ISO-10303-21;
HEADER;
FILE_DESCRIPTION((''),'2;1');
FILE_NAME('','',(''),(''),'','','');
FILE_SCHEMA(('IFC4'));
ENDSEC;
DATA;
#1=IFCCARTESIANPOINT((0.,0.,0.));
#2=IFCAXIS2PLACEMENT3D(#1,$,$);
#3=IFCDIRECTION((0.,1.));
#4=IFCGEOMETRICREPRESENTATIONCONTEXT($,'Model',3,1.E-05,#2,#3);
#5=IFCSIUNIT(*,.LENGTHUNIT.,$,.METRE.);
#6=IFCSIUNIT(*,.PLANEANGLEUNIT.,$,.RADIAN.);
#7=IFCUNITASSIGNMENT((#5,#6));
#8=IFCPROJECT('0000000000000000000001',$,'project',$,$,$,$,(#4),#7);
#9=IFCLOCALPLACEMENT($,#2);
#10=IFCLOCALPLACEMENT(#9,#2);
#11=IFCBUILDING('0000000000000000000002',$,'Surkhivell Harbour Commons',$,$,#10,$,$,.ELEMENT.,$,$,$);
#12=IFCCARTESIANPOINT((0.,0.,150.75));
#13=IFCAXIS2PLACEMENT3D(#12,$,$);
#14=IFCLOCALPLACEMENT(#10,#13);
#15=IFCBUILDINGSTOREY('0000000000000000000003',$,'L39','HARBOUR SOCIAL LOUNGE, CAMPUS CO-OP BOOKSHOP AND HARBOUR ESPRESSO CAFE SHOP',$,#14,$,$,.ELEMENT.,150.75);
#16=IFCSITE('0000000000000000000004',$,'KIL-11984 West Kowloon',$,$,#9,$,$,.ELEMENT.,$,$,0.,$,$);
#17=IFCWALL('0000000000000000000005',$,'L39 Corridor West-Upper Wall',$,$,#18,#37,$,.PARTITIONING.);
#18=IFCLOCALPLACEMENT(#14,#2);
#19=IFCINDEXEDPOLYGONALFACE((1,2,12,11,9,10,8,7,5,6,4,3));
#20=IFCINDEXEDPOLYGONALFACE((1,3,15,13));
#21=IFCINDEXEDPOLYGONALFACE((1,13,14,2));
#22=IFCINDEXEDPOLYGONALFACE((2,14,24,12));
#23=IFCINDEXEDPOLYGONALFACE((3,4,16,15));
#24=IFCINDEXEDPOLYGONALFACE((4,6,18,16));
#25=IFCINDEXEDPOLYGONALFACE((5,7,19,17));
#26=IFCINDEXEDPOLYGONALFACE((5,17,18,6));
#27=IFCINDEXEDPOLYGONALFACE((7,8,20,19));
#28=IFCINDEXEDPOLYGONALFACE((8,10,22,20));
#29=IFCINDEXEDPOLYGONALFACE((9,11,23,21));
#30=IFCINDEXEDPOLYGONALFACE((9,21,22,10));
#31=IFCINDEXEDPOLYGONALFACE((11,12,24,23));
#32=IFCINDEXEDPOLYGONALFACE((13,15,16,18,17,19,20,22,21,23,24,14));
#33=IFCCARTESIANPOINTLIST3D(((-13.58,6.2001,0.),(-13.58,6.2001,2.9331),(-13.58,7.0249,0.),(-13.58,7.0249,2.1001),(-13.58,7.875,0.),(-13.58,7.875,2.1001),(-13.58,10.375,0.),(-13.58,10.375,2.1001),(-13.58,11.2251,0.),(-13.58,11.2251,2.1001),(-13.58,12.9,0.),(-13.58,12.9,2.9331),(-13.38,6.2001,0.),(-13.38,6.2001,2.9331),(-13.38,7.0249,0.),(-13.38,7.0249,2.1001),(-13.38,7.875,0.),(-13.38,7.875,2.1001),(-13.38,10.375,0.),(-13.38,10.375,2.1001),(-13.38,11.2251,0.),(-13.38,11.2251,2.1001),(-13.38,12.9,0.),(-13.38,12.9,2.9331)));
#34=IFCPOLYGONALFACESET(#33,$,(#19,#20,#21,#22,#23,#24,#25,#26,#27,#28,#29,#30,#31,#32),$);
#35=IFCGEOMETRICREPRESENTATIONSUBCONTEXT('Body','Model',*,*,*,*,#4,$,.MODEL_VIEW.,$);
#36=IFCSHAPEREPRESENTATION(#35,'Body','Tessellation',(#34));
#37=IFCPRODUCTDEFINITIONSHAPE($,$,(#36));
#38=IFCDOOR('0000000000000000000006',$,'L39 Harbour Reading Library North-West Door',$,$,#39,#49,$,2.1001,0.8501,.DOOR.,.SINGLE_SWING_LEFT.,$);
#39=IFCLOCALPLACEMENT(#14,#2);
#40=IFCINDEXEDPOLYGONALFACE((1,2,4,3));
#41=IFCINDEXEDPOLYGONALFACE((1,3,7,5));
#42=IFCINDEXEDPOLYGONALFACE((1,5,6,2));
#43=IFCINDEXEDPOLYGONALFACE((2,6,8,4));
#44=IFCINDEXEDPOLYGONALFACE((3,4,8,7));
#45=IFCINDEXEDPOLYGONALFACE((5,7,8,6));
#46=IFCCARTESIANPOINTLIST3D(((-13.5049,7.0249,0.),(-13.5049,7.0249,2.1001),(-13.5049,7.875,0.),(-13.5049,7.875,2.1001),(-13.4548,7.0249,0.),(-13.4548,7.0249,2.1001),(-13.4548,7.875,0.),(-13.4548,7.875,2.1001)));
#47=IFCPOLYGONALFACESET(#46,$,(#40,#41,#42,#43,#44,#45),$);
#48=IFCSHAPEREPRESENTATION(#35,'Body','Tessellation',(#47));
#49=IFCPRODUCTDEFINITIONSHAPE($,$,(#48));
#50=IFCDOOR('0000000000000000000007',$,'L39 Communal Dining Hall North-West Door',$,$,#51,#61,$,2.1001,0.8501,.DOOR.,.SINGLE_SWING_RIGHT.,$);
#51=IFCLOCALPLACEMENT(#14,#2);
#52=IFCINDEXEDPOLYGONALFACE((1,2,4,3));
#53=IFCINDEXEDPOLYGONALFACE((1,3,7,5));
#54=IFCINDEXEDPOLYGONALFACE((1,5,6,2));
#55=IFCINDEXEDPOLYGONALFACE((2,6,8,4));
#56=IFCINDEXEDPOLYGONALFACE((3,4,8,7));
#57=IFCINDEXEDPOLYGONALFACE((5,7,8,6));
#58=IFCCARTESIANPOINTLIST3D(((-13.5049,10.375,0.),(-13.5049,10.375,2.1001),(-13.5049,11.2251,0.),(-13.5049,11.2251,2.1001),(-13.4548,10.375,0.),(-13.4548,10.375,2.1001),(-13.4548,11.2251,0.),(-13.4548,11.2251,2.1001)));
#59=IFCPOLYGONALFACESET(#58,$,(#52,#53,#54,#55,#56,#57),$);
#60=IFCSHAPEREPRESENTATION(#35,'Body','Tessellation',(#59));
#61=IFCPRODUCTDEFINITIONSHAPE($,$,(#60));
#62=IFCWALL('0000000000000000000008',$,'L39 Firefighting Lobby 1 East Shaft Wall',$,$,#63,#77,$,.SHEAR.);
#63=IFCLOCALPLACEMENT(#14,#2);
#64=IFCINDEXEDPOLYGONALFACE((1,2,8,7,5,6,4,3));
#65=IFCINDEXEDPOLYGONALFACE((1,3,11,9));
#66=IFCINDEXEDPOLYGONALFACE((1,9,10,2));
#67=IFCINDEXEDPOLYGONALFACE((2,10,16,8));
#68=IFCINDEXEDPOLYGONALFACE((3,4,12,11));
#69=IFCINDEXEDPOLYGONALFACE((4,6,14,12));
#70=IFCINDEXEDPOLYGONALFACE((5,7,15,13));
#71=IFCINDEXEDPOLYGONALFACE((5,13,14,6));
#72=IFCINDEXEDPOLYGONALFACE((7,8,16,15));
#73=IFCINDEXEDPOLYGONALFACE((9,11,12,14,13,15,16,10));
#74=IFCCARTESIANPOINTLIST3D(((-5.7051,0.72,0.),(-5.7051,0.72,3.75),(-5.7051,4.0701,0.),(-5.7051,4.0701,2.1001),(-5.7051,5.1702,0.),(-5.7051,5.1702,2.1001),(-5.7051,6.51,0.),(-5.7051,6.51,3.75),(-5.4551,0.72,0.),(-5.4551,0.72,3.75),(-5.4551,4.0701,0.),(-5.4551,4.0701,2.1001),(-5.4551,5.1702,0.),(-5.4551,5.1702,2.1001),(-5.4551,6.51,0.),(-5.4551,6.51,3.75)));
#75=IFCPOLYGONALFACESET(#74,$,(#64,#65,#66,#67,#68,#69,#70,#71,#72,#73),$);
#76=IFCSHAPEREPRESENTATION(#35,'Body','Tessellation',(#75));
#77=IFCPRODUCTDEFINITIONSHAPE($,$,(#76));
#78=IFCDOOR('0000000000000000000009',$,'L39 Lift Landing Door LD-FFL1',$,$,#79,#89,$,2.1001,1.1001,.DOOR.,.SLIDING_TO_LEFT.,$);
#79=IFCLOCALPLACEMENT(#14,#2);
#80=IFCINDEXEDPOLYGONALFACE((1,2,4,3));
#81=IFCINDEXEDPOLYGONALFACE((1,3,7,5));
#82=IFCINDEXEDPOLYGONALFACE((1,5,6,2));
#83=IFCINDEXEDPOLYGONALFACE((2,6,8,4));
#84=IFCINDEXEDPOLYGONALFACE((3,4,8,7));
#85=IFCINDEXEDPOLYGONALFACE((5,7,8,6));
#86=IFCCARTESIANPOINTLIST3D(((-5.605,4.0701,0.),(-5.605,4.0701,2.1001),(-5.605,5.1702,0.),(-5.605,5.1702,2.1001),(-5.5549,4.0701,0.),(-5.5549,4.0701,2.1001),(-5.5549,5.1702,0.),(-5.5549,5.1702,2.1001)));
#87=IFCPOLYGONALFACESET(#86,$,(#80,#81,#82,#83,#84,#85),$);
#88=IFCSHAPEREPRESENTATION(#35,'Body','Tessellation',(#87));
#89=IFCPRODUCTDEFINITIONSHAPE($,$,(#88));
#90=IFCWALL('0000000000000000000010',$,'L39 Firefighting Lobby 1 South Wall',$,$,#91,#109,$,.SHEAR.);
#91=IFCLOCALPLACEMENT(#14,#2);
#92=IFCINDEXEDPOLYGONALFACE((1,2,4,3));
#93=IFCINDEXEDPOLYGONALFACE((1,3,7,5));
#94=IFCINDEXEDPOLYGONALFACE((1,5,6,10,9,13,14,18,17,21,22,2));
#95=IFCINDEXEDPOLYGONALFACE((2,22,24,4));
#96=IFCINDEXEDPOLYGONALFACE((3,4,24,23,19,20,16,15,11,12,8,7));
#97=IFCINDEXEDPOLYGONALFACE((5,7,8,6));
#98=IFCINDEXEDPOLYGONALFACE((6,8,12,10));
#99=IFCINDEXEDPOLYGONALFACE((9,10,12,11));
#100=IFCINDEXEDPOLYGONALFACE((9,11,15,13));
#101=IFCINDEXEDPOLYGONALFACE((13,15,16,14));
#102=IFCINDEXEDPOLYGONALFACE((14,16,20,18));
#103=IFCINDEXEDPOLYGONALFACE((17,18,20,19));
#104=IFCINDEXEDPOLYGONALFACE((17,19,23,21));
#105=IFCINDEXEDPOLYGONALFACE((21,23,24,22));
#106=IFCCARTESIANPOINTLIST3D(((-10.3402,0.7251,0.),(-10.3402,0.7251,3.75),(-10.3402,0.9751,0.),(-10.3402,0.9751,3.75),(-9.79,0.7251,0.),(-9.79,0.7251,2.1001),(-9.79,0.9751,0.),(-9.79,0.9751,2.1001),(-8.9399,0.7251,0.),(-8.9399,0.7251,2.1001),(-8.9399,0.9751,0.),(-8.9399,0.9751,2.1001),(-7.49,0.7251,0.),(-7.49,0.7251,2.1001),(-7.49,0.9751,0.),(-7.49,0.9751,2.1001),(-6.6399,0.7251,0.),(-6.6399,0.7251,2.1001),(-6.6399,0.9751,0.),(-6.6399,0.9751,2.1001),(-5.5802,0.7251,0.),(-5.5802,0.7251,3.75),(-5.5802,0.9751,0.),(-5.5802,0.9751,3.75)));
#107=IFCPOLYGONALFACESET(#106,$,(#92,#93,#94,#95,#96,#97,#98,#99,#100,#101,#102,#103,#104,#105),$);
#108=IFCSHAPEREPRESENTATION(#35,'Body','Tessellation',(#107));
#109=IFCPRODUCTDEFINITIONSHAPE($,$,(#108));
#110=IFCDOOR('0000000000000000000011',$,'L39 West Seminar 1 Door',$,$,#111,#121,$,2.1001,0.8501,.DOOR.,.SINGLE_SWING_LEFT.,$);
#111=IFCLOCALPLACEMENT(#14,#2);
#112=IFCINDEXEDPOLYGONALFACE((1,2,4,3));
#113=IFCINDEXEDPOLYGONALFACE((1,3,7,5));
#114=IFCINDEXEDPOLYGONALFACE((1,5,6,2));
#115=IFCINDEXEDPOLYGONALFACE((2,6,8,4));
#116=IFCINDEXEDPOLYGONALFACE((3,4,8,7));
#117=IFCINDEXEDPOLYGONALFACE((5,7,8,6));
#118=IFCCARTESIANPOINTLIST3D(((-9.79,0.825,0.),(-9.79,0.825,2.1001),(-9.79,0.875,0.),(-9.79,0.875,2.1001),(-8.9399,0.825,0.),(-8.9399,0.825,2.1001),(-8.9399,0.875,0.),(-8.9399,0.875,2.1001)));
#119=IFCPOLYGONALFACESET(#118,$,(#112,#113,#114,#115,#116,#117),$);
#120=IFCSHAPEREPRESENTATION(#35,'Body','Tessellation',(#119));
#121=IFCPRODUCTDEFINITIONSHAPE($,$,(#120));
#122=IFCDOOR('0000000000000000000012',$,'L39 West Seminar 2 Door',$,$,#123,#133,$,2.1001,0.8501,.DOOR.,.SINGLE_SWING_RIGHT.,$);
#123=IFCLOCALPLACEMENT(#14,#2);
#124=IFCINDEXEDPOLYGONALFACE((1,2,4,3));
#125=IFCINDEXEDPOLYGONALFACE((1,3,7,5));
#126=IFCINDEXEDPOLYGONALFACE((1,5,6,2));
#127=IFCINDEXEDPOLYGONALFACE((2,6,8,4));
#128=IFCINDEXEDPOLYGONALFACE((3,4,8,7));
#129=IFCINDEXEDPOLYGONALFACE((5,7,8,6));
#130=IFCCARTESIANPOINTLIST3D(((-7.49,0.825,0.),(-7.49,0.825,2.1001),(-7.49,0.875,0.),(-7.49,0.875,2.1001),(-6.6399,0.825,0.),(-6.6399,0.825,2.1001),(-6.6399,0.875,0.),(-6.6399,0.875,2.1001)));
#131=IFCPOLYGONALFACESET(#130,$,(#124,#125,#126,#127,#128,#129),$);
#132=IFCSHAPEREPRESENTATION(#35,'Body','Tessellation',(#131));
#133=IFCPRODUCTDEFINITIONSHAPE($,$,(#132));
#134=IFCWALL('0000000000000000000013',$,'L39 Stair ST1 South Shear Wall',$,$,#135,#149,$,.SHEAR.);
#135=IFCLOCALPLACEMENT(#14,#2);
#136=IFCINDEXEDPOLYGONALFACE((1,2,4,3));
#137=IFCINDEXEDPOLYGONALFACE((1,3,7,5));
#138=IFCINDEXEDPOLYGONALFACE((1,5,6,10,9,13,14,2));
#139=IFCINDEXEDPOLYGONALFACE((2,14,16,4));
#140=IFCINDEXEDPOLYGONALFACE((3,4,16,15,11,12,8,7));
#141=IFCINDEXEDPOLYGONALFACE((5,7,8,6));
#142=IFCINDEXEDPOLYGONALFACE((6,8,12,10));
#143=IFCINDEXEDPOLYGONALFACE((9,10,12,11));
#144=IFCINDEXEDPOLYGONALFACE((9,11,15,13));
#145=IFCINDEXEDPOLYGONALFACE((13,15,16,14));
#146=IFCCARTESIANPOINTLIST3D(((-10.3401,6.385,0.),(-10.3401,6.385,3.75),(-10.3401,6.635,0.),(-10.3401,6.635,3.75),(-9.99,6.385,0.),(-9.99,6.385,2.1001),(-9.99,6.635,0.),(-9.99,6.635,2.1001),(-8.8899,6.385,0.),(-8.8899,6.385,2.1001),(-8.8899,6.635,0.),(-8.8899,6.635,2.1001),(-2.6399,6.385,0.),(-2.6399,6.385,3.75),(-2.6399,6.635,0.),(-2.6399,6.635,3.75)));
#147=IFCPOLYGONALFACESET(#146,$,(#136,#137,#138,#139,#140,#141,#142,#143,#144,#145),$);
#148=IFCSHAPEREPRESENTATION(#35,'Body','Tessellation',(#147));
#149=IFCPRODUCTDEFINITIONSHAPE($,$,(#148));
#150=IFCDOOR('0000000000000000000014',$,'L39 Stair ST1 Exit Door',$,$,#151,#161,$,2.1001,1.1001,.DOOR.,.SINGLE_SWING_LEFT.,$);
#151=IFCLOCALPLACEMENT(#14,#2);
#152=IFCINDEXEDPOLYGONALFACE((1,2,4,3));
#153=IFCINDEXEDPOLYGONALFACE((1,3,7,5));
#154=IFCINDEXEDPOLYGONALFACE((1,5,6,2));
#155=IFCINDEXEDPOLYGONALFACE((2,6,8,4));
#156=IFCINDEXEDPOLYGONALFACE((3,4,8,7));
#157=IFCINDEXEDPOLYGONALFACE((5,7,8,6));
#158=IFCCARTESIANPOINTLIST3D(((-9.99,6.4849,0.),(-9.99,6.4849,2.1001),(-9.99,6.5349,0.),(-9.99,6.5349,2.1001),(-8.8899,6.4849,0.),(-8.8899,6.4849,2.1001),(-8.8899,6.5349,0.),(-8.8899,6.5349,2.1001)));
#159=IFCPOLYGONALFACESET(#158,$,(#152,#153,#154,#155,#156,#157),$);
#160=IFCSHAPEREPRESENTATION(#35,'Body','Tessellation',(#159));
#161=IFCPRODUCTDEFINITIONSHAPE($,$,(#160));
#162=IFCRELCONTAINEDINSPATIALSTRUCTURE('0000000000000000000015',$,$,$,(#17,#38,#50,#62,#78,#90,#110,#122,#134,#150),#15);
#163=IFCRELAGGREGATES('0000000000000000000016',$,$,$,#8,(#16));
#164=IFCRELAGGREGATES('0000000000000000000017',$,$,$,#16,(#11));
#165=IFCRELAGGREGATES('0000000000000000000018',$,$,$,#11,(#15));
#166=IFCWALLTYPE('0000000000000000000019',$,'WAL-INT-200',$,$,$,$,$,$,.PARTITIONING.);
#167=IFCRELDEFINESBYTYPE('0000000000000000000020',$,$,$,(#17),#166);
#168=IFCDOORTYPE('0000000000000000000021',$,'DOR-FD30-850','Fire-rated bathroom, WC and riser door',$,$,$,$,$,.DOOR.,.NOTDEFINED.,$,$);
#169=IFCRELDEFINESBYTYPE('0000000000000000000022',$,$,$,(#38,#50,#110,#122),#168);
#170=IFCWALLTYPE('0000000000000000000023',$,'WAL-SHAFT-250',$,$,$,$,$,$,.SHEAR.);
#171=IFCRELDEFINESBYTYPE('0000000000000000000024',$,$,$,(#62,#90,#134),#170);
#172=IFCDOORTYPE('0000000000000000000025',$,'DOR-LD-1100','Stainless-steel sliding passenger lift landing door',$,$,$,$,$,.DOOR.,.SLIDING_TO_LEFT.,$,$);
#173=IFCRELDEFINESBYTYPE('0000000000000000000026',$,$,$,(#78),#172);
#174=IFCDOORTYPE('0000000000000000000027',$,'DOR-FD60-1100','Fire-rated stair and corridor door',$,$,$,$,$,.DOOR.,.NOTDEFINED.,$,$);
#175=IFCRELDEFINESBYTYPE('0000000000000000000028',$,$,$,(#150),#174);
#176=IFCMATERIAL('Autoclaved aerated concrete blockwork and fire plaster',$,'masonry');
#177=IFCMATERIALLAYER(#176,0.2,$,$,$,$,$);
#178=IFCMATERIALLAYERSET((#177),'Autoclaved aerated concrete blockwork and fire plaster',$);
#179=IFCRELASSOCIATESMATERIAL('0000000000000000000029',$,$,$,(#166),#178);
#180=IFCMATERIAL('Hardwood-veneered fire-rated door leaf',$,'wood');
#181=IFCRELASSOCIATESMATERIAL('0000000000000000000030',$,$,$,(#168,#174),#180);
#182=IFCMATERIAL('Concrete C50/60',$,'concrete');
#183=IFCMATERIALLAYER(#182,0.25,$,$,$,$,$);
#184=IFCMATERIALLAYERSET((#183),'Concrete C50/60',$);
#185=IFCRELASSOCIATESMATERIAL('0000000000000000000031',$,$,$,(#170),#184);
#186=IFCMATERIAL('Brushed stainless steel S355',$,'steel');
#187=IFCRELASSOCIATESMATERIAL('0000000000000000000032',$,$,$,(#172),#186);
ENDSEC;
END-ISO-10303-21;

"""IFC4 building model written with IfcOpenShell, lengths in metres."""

from ifc_helpers import new_model, si_unit, direction, frame, frame_2d, origin, place, context, subcontext, project, spatial, rectangle, extrude, material, layer, layer_set, type_object, element, fill, save


model = new_model("IFC4")

# Units and contexts
model_context = context("Model", 3, precision=1e-05, world=origin(), true_north=direction((0.0, 1.0)))
body_context = subcontext(model_context, "Body", "Model", "MODEL_VIEW")
ifc_project = project(units=[si_unit("LENGTHUNIT", "METRE"), si_unit("PLANEANGLEUNIT", "RADIAN")], contexts=[model_context])

# Site, building, storey
site_placement = place(None, origin())
site = spatial("IfcSite", under=ifc_project, at=site_placement, Name="KIL-11984 West Kowloon", CompositionType="ELEMENT", RefElevation=0.0)
building_placement = place(site_placement, origin())
building = spatial("IfcBuilding", under=site, at=building_placement, Name="Surkhivell Harbour Commons", CompositionType="ELEMENT")
storey_placement = place(building_placement, frame((0.0, 0.0, 150.75)))
storey = spatial("IfcBuildingStorey", under=building, at=storey_placement, Name="L39", Description="HARBOUR SOCIAL LOUNGE, CAMPUS CO-OP BOOKSHOP AND HARBOUR ESPRESSO CAFE SHOP", CompositionType="ELEMENT", Elevation=150.75)

# Shared definitions
ifc_material_1 = material(Name="Hardwood-veneered fire-rated door leaf", Category="wood")

# Wall, openings, doors
ifc_material_2 = material(Name="Autoclaved aerated concrete blockwork and fire plaster", Category="masonry")
ifc_layer_1 = layer(ifc_material_2, 0.2)
ifc_layer_set_1 = layer_set([ifc_layer_1], Name="Autoclaved aerated concrete blockwork and fire plaster")
wall_type_1 = type_object("IfcWallType", Name="WAL-INT-200", PredefinedType="PARTITIONING", material=ifc_layer_set_1)
wall_1_placement = place(storey_placement, frame((-13.48, 6.2, 0.0), z_axis=(0.0, 0.0, 1.0), x_axis=(0.0, 1.0, 0.0)))
wall_1 = element("IfcWall", 1, at=wall_1_placement, inside=storey, type_object=wall_type_1, Name="L39 Corridor West-Upper Wall", PredefinedType="PARTITIONING", context=body_context, shape_type="SweptSolid", body=[
    extrude(rectangle(XDim=6.7, YDim=0.2, at=frame_2d((3.3501, 0.0))), origin(), (0.0, 0.0, 1.0), 2.9331),
])
opening_1_placement = place(wall_1_placement, frame((0.825, 0.0, 0.0)))
opening_1 = element("IfcOpeningElement", 2, at=opening_1_placement, cuts=wall_1, PredefinedType="OPENING", context=body_context, shape_type="SweptSolid", body=[
    extrude(rectangle(XDim=0.8501, YDim=2.1001, at=frame_2d((0.425, 1.05))), frame((0.0, 0.1099, 0.0), z_axis=(0.0, -1.0, 0.0), x_axis=(1.0, 0.0, 0.0)), (0.0, 0.0, 1.0), 0.22),
])
opening_2_placement = place(wall_1_placement, frame((4.175, 0.0, 0.0)))
opening_2 = element("IfcOpeningElement", 3, at=opening_2_placement, cuts=wall_1, PredefinedType="OPENING", context=body_context, shape_type="SweptSolid", body=[
    extrude(rectangle(XDim=0.8501, YDim=2.1001, at=frame_2d((0.425, 1.05))), frame((0.0, 0.1099, 0.0), z_axis=(0.0, -1.0, 0.0), x_axis=(1.0, 0.0, 0.0)), (0.0, 0.0, 1.0), 0.22),
])
door_type_1 = type_object("IfcDoorType", Name="DOR-FD30-850", Description="Fire-rated bathroom, WC and riser door", OperationType="NOTDEFINED", PredefinedType="DOOR", material=ifc_material_1)
door_1_placement = place(opening_1_placement, origin())
door_1 = element("IfcDoor", 4, at=door_1_placement, inside=storey, type_object=door_type_1, Name="L39 Harbour Reading Library North-West Door", OperationType="SINGLE_SWING_LEFT", OverallHeight=2.1001, OverallWidth=0.8501, PredefinedType="DOOR", context=body_context, shape_type="SweptSolid", body=[
    extrude(rectangle(XDim=0.8501, YDim=2.1001, at=frame_2d((0.425, 1.05))), frame((0.0, 0.0249, 0.0), z_axis=(0.0, -1.0, 0.0), x_axis=(1.0, 0.0, 0.0)), (0.0, 0.0, 1.0), 0.05),
])
fill(opening_1, door_1)
door_2_placement = place(opening_2_placement, origin())
door_2 = element("IfcDoor", 5, at=door_2_placement, inside=storey, type_object=door_type_1, Name="L39 Communal Dining Hall North-West Door", OperationType="SINGLE_SWING_RIGHT", OverallHeight=2.1001, OverallWidth=0.8501, PredefinedType="DOOR", context=body_context, shape_type="SweptSolid", body=[
    extrude(rectangle(XDim=0.8501, YDim=2.1001, at=frame_2d((0.425, 1.05))), frame((0.0, 0.0249, 0.0), z_axis=(0.0, -1.0, 0.0), x_axis=(1.0, 0.0, 0.0)), (0.0, 0.0, 1.0), 0.05),
])
fill(opening_2, door_2)

# Wall, opening, door
ifc_material_3 = material(Name="Concrete C50/60", Category="concrete")
ifc_layer_2 = layer(ifc_material_3, 0.25)
ifc_layer_set_2 = layer_set([ifc_layer_2], Name="Concrete C50/60")
wall_type_2 = type_object("IfcWallType", Name="WAL-SHAFT-250", PredefinedType="SHEAR", material=ifc_layer_set_2)
wall_2_placement = place(storey_placement, frame((-5.5801, 0.72, 0.0), z_axis=(0.0, 0.0, 1.0), x_axis=(0.0, 1.0, 0.0)))
wall_2 = element("IfcWall", 6, at=wall_2_placement, inside=storey, type_object=wall_type_2, Name="L39 Firefighting Lobby 1 East Shaft Wall", PredefinedType="SHEAR", context=body_context, shape_type="SweptSolid", body=[
    extrude(rectangle(XDim=5.79, YDim=0.25, at=frame_2d((2.895, 0.0))), origin(), (0.0, 0.0, 1.0), 3.75),
])
opening_3_placement = place(wall_2_placement, frame((3.3501, 0.0, 0.0)))
opening_3 = element("IfcOpeningElement", 7, at=opening_3_placement, cuts=wall_2, PredefinedType="OPENING", context=body_context, shape_type="SweptSolid", body=[
    extrude(rectangle(XDim=1.1001, YDim=2.1001, at=frame_2d((0.55, 1.05))), frame((0.0, 0.135, 0.0), z_axis=(0.0, -1.0, 0.0), x_axis=(1.0, 0.0, 0.0)), (0.0, 0.0, 1.0), 0.27),
])
ifc_material_4 = material(Name="Brushed stainless steel S355", Category="steel")
door_type_2 = type_object("IfcDoorType", Name="DOR-LD-1100", Description="Stainless-steel sliding passenger lift landing door", OperationType="SLIDING_TO_LEFT", PredefinedType="DOOR", material=ifc_material_4)
door_3_placement = place(opening_3_placement, origin())
door_3 = element("IfcDoor", 8, at=door_3_placement, inside=storey, type_object=door_type_2, Name="L39 Lift Landing Door LD-FFL1", OperationType="SLIDING_TO_LEFT", OverallHeight=2.1001, OverallWidth=1.1001, PredefinedType="DOOR", context=body_context, shape_type="SweptSolid", body=[
    extrude(rectangle(XDim=1.1001, YDim=2.1001, at=frame_2d((0.55, 1.05))), frame((0.0, 0.0249, 0.0), z_axis=(0.0, -1.0, 0.0), x_axis=(1.0, 0.0, 0.0)), (0.0, 0.0, 1.0), 0.05),
])
fill(opening_3, door_3)

# Wall, openings, doors
wall_3_placement = place(storey_placement, frame((-10.3401, 0.8501, 0.0), z_axis=(0.0, 0.0, 1.0), x_axis=(1.0, 0.0, 0.0)))
wall_3 = element("IfcWall", 9, at=wall_3_placement, inside=storey, type_object=wall_type_2, Name="L39 Firefighting Lobby 1 South Wall", PredefinedType="SHEAR", context=body_context, shape_type="SweptSolid", body=[
    extrude(rectangle(XDim=4.76, YDim=0.25, at=frame_2d((2.3799, 0.0))), origin(), (0.0, 0.0, 1.0), 3.75),
])
opening_4_placement = place(wall_3_placement, frame((0.55, 0.0, 0.0)))
opening_4 = element("IfcOpeningElement", 10, at=opening_4_placement, cuts=wall_3, PredefinedType="OPENING", context=body_context, shape_type="SweptSolid", body=[
    extrude(rectangle(XDim=0.8501, YDim=2.1001, at=frame_2d((0.425, 1.05))), frame((0.0, 0.135, 0.0), z_axis=(0.0, -1.0, 0.0), x_axis=(1.0, 0.0, 0.0)), (0.0, 0.0, 1.0), 0.27),
])
opening_5_placement = place(wall_3_placement, frame((2.8501, 0.0, 0.0)))
opening_5 = element("IfcOpeningElement", 11, at=opening_5_placement, cuts=wall_3, PredefinedType="OPENING", context=body_context, shape_type="SweptSolid", body=[
    extrude(rectangle(XDim=0.8501, YDim=2.1001, at=frame_2d((0.425, 1.05))), frame((0.0, 0.135, 0.0), z_axis=(0.0, -1.0, 0.0), x_axis=(1.0, 0.0, 0.0)), (0.0, 0.0, 1.0), 0.27),
])
door_4_placement = place(opening_4_placement, origin())
door_4 = element("IfcDoor", 12, at=door_4_placement, inside=storey, type_object=door_type_1, Name="L39 West Seminar 1 Door", OperationType="SINGLE_SWING_LEFT", OverallHeight=2.1001, OverallWidth=0.8501, PredefinedType="DOOR", context=body_context, shape_type="SweptSolid", body=[
    extrude(rectangle(XDim=0.8501, YDim=2.1001, at=frame_2d((0.425, 1.05))), frame((0.0, 0.0249, 0.0), z_axis=(0.0, -1.0, 0.0), x_axis=(1.0, 0.0, 0.0)), (0.0, 0.0, 1.0), 0.05),
])
fill(opening_4, door_4)
door_5_placement = place(opening_5_placement, origin())
door_5 = element("IfcDoor", 13, at=door_5_placement, inside=storey, type_object=door_type_1, Name="L39 West Seminar 2 Door", OperationType="SINGLE_SWING_RIGHT", OverallHeight=2.1001, OverallWidth=0.8501, PredefinedType="DOOR", context=body_context, shape_type="SweptSolid", body=[
    extrude(rectangle(XDim=0.8501, YDim=2.1001, at=frame_2d((0.425, 1.05))), frame((0.0, 0.0249, 0.0), z_axis=(0.0, -1.0, 0.0), x_axis=(1.0, 0.0, 0.0)), (0.0, 0.0, 1.0), 0.05),
])
fill(opening_5, door_5)

# Wall, opening, door
wall_4_placement = place(storey_placement, frame((-10.3401, 6.51, 0.0), z_axis=(0.0, 0.0, 1.0), x_axis=(1.0, 0.0, 0.0)))
wall_4 = element("IfcWall", 14, at=wall_4_placement, inside=storey, type_object=wall_type_2, Name="L39 Stair ST1 South Shear Wall", PredefinedType="SHEAR", context=body_context, shape_type="SweptSolid", body=[
    extrude(rectangle(XDim=7.7002, YDim=0.25, at=frame_2d((3.8501, 0.0))), origin(), (0.0, 0.0, 1.0), 3.75),
])
opening_6_placement = place(wall_4_placement, frame((0.3501, 0.0, 0.0)))
opening_6 = element("IfcOpeningElement", 15, at=opening_6_placement, cuts=wall_4, PredefinedType="OPENING", context=body_context, shape_type="SweptSolid", body=[
    extrude(rectangle(XDim=1.1001, YDim=2.1001, at=frame_2d((0.55, 1.05))), frame((0.0, 0.135, 0.0), z_axis=(0.0, -1.0, 0.0), x_axis=(1.0, 0.0, 0.0)), (0.0, 0.0, 1.0), 0.27),
])
door_type_3 = type_object("IfcDoorType", Name="DOR-FD60-1100", Description="Fire-rated stair and corridor door", OperationType="NOTDEFINED", PredefinedType="DOOR", material=ifc_material_1)
door_6_placement = place(opening_6_placement, origin())
door_6 = element("IfcDoor", 16, at=door_6_placement, inside=storey, type_object=door_type_3, Name="L39 Stair ST1 Exit Door", OperationType="SINGLE_SWING_LEFT", OverallHeight=2.1001, OverallWidth=1.1001, PredefinedType="DOOR", context=body_context, shape_type="SweptSolid", body=[
    extrude(rectangle(XDim=1.1001, YDim=2.1001, at=frame_2d((0.55, 1.05))), frame((0.0, 0.0249, 0.0), z_axis=(0.0, -1.0, 0.0), x_axis=(1.0, 0.0, 0.0)), (0.0, 0.0, 1.0), 0.05),
])
fill(opening_6, door_6)

save(model, "model.ifc")
